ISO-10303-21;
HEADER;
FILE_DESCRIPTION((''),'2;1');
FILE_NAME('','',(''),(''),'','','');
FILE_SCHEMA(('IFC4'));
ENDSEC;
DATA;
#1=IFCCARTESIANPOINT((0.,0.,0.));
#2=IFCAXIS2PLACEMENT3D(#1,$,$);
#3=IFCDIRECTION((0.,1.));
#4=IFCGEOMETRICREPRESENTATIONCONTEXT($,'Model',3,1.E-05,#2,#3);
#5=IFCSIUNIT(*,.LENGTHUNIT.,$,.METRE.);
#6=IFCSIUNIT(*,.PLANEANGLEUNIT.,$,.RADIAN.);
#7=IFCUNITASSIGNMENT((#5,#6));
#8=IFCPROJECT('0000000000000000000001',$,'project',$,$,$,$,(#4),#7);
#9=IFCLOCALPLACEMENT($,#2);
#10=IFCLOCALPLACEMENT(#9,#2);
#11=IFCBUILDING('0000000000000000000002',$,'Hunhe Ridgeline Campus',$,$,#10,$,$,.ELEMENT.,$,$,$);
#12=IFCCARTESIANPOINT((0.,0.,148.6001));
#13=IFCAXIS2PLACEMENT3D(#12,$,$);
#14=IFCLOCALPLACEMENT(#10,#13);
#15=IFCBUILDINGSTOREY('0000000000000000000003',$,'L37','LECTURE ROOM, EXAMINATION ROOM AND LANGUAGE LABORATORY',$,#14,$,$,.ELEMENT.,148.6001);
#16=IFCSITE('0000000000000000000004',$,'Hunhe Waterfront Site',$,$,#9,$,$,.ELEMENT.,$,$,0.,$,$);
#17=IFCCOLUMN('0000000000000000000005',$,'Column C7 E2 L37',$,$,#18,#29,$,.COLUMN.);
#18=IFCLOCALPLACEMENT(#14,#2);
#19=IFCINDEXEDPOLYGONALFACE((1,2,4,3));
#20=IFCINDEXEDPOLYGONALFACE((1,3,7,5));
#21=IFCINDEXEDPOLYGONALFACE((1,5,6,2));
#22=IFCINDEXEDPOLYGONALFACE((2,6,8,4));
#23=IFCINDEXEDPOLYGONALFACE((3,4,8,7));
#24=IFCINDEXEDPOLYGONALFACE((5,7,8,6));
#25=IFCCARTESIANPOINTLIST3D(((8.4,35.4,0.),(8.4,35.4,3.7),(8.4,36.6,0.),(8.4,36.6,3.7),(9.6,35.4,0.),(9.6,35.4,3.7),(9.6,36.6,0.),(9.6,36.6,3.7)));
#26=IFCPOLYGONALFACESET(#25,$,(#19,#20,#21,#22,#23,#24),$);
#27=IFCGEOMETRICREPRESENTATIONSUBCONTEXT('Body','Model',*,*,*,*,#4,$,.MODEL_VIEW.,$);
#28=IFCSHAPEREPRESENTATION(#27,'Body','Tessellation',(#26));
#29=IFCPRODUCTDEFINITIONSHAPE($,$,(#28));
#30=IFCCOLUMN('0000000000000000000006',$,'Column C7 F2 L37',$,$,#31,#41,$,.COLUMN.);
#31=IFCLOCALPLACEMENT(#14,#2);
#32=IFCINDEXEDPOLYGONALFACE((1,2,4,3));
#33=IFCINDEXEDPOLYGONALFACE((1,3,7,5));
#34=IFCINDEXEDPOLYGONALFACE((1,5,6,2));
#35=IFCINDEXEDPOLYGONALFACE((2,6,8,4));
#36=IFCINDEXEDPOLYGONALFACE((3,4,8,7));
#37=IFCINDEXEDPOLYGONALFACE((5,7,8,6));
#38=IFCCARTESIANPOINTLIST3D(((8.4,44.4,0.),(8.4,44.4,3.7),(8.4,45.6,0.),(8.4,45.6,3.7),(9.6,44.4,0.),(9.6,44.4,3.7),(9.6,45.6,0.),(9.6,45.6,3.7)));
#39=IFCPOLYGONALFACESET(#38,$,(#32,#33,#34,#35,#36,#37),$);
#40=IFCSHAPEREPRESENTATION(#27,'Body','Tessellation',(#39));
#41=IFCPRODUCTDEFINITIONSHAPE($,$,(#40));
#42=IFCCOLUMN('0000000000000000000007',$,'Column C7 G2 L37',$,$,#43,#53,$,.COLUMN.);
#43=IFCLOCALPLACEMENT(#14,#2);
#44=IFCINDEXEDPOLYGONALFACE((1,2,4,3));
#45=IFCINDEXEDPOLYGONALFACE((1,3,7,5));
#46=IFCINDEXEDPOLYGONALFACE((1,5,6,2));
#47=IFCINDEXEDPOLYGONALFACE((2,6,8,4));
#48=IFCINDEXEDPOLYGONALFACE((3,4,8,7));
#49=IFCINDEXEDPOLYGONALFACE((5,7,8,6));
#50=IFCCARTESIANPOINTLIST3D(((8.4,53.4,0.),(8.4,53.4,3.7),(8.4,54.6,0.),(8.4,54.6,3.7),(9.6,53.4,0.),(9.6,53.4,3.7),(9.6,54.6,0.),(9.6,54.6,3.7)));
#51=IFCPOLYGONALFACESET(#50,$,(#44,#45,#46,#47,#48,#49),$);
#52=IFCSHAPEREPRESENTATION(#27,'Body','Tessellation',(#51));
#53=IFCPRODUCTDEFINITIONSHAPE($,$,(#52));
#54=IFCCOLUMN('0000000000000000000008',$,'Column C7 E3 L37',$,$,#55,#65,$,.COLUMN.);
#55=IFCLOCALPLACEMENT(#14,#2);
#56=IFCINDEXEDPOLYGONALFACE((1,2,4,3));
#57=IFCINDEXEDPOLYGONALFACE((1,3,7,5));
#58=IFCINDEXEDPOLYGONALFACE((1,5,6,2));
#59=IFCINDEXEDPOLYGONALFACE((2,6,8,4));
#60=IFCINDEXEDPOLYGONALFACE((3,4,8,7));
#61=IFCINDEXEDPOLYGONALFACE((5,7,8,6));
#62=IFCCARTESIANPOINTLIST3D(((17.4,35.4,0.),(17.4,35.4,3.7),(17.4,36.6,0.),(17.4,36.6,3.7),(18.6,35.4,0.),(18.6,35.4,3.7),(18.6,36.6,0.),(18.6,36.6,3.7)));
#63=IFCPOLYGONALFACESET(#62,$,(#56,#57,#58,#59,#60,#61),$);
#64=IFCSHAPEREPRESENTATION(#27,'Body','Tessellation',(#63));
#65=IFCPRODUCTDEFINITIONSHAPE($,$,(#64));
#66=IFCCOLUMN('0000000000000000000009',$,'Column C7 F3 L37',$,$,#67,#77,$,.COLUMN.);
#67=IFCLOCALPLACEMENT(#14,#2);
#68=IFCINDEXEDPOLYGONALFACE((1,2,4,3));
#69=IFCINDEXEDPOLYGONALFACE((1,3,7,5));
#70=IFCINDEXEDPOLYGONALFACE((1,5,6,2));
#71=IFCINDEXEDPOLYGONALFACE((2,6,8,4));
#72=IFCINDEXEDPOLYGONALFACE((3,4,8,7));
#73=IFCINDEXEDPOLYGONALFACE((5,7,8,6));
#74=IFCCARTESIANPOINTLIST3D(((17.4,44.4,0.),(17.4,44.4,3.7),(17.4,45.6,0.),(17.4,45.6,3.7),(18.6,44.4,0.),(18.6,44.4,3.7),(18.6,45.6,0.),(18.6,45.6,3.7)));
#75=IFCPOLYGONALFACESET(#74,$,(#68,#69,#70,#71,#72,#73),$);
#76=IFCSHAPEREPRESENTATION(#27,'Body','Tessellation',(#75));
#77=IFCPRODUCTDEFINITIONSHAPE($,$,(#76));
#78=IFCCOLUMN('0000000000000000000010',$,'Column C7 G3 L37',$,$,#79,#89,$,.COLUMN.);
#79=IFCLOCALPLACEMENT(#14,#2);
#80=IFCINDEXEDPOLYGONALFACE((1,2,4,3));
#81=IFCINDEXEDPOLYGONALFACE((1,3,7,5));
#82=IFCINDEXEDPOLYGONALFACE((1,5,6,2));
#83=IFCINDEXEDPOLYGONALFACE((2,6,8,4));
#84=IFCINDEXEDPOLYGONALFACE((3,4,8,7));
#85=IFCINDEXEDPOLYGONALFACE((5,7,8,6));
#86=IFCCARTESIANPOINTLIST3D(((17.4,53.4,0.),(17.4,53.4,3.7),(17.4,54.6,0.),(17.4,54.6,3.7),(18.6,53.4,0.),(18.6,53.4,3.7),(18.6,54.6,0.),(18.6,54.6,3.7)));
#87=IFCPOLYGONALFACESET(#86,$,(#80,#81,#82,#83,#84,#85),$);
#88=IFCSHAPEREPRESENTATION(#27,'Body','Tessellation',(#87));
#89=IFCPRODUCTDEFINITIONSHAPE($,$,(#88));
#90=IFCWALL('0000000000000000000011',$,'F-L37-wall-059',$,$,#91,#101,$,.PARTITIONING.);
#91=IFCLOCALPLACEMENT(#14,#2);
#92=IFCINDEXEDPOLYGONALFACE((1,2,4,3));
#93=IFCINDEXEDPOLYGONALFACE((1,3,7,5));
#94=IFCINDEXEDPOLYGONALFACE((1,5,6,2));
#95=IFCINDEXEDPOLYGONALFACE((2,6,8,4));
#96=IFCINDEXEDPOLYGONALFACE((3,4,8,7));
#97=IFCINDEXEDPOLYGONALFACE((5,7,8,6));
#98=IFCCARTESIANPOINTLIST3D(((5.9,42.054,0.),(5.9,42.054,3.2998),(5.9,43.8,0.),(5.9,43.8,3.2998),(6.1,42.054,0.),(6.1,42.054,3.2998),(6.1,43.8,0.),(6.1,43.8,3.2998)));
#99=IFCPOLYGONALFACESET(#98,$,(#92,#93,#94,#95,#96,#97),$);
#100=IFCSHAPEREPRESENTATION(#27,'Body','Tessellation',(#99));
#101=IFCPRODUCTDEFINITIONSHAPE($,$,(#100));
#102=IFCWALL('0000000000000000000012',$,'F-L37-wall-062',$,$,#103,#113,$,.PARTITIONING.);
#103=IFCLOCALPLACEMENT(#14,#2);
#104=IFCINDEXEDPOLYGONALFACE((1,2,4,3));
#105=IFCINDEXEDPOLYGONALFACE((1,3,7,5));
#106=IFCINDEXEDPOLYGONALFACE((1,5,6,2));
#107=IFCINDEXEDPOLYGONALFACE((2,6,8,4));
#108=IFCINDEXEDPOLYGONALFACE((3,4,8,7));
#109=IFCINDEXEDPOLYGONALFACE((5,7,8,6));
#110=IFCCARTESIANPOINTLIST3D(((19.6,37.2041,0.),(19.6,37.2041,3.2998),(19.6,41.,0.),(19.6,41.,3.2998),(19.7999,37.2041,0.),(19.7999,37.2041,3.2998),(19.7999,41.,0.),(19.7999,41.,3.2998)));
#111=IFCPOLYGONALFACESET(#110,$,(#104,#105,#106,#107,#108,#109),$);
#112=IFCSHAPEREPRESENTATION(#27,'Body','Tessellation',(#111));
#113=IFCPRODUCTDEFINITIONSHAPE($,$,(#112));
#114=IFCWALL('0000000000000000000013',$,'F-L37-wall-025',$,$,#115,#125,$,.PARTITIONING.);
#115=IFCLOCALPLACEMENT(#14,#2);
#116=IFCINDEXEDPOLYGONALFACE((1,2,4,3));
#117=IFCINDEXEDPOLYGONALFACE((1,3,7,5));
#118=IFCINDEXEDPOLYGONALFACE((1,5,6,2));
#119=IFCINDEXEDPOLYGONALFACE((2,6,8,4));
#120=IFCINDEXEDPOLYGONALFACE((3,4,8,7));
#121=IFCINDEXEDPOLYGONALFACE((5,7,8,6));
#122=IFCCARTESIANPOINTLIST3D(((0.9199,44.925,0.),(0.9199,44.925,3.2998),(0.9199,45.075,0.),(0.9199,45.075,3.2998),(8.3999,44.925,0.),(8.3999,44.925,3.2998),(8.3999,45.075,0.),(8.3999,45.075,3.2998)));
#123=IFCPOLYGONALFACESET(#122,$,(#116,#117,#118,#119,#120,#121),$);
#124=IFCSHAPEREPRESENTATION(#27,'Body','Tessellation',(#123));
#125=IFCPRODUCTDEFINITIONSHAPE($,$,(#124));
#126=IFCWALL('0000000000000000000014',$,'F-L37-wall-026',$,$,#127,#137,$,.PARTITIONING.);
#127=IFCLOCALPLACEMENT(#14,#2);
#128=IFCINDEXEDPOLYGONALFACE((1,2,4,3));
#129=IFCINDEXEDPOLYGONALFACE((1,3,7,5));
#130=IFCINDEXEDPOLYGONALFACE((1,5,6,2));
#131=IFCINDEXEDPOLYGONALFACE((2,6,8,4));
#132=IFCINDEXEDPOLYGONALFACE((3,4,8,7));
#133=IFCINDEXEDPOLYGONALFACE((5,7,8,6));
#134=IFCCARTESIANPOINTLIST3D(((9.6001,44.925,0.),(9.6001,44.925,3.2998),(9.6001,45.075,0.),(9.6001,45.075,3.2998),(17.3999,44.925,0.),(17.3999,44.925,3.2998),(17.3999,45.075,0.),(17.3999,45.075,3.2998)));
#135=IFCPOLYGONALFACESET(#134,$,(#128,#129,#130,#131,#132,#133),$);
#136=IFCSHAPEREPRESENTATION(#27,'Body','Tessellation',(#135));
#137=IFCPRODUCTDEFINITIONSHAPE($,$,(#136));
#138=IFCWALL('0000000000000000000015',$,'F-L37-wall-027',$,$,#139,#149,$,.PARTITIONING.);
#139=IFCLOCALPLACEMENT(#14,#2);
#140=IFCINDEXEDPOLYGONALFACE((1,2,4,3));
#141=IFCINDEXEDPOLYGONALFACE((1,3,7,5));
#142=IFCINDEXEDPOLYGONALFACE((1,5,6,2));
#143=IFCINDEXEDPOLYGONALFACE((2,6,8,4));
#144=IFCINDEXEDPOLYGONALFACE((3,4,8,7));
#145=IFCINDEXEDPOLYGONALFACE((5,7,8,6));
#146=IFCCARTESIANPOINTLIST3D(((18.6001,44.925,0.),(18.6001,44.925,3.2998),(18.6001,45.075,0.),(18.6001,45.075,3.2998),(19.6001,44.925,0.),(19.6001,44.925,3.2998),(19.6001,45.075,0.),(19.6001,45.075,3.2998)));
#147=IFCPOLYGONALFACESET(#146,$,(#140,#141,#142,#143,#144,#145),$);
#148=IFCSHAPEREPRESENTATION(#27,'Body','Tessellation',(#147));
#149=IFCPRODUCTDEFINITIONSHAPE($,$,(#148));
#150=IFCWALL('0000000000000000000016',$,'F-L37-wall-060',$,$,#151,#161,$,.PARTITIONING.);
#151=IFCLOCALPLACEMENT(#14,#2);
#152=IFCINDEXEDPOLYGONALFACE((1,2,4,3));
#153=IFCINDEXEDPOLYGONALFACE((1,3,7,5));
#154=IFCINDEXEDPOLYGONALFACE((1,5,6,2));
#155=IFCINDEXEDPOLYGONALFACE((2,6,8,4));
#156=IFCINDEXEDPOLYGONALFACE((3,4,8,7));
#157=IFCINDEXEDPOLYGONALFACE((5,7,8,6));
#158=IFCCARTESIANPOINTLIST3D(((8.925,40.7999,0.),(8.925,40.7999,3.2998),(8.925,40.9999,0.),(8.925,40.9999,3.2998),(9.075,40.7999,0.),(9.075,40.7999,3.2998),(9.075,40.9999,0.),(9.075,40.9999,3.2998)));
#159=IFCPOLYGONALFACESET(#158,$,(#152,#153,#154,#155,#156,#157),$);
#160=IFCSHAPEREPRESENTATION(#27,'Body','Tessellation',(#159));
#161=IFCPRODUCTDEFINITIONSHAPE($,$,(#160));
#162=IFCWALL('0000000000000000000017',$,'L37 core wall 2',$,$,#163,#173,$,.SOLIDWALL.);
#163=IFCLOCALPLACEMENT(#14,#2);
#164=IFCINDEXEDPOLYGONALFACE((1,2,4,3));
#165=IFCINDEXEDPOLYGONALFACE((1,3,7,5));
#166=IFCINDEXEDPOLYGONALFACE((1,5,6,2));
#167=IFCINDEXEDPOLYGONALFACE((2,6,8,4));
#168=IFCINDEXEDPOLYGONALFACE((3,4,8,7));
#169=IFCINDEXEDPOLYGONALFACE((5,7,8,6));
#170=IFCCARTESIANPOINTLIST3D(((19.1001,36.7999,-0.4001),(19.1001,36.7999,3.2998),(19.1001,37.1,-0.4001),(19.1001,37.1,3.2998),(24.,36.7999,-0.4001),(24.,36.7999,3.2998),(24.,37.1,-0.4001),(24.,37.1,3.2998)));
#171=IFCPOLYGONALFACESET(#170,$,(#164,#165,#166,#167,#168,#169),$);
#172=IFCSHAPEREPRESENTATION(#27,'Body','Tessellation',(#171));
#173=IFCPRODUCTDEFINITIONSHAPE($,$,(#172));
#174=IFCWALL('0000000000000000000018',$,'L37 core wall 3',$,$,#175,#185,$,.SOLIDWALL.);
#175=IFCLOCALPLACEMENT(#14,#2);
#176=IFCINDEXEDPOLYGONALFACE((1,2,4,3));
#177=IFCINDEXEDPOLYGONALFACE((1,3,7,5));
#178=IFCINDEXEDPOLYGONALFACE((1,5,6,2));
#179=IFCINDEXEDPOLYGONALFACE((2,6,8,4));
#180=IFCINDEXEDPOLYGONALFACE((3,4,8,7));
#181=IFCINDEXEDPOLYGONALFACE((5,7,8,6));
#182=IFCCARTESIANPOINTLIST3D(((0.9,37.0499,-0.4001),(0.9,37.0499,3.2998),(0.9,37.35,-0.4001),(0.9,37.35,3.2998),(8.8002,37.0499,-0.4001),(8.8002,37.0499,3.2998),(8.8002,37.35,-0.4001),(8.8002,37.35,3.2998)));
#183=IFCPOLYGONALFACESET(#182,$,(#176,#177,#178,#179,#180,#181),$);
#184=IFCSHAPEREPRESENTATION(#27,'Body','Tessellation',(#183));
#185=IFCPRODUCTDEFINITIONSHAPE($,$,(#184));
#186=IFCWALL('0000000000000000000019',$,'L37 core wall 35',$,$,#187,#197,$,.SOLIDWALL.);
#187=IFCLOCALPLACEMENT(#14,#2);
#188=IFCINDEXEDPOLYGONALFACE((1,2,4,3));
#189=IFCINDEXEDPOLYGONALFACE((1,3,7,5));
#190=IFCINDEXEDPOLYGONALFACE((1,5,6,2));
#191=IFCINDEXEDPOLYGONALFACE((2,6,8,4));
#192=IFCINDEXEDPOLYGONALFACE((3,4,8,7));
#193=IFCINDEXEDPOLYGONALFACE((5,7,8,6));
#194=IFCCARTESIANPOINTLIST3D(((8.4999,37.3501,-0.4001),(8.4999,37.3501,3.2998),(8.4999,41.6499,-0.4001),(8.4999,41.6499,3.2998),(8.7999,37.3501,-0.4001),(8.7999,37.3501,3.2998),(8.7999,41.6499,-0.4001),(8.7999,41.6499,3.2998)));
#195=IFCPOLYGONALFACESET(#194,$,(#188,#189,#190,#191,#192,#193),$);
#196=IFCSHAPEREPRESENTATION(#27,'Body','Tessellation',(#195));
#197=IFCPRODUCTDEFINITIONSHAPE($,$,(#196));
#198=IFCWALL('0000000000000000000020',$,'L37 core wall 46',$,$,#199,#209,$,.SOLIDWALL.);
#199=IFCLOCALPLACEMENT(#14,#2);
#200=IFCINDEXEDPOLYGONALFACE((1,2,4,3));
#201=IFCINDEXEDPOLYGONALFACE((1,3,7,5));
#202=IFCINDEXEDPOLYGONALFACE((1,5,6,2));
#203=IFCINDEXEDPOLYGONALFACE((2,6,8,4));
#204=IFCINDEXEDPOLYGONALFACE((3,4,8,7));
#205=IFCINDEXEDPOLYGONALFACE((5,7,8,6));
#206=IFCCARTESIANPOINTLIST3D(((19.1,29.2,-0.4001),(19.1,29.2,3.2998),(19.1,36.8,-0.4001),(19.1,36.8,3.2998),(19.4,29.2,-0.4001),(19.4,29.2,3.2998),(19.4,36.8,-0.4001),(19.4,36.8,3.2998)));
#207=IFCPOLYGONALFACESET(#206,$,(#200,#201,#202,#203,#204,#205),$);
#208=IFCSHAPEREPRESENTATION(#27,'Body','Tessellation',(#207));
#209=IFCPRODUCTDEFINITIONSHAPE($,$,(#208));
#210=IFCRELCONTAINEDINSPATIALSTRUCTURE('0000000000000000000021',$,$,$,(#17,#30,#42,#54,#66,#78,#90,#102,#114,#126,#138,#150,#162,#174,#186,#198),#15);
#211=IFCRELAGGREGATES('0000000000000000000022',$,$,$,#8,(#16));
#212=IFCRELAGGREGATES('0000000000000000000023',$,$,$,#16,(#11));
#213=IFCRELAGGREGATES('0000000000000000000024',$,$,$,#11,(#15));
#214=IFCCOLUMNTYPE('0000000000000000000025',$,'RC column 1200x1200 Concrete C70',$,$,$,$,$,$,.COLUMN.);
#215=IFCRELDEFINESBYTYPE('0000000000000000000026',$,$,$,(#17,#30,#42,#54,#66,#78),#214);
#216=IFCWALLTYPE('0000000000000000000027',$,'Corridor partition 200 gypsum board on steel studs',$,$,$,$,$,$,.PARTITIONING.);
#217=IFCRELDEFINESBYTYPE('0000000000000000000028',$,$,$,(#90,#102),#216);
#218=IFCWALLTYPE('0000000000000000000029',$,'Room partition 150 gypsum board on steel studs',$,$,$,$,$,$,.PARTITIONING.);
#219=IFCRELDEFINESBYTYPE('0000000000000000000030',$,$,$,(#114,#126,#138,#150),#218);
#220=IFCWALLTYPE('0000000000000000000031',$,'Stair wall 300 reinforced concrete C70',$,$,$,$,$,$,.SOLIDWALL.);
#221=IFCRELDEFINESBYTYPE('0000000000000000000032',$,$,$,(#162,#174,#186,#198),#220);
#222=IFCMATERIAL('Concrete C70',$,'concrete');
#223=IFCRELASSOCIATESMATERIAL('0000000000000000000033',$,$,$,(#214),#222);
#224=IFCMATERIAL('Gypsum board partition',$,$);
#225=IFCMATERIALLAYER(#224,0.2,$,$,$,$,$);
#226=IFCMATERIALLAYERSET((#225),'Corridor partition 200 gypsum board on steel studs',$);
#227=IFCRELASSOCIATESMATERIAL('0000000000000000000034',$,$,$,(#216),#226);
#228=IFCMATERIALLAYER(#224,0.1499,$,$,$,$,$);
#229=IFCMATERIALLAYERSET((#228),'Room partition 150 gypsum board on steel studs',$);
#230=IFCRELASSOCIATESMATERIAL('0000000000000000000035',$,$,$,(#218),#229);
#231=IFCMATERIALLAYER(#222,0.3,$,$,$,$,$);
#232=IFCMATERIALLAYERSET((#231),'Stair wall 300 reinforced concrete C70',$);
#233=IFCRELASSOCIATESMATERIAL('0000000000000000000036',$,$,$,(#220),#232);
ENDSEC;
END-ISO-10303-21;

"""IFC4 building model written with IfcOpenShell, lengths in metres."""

from ifc_helpers import new_model, si_unit, direction, frame, frame_2d, origin, origin_2d, place, context, subcontext, project, spatial, rectangle, extrude, material, layer, layer_set, material_profile, profile_set, type_object, element, save


model = new_model("IFC4")

# Units and contexts
model_context = context("Model", 3, precision=1e-05, world=origin(), true_north=direction((0.0, 1.0)))
body_context = subcontext(model_context, "Body", "Model", "MODEL_VIEW")
ifc_project = project(units=[si_unit("LENGTHUNIT", "METRE"), si_unit("PLANEANGLEUNIT", "RADIAN")], contexts=[model_context])

# Site, building, storey
site_placement = place(None, origin())
site = spatial("IfcSite", under=ifc_project, at=site_placement, Name="Hunhe Waterfront Site", CompositionType="ELEMENT", RefElevation=0.0)
building_placement = place(site_placement, origin())
building = spatial("IfcBuilding", under=site, at=building_placement, Name="Hunhe Ridgeline Campus", CompositionType="ELEMENT")
storey_placement = place(building_placement, frame((0.0, 0.0, 148.6001)))
storey = spatial("IfcBuildingStorey", under=building, at=storey_placement, Name="L37", Description="LECTURE ROOM, EXAMINATION ROOM AND LANGUAGE LABORATORY", CompositionType="ELEMENT", Elevation=148.6001)

# Columns
ifc_material_1 = material(Name="Concrete C70", Category="concrete")
ifc_material_profile = material_profile(ifc_material_1, rectangle(XDim=1.2, YDim=1.2, at=origin_2d()))
ifc_profile_set = profile_set([ifc_material_profile], Name="Concrete C70")
column_type = type_object("IfcColumnType", Name="RC column 1200x1200 Concrete C70", PredefinedType="COLUMN", material=ifc_profile_set)
for number, where, z_axis, x_axis, name in (
    (1, (9.0, 36.0, 0.0), (0.0, 0.0, 1.0), (1.0, 0.0, 0.0), "Column C7 E2 L37"),
    (2, (9.0, 45.0, 0.0), (0.0, 0.0, 1.0), (1.0, 0.0, 0.0), "Column C7 F2 L37"),
    (3, (9.0, 54.0, 0.0), (0.0, 0.0, 1.0), (1.0, 0.0, 0.0), "Column C7 G2 L37"),
    (4, (18.0, 36.0, 0.0), (0.0, 0.0, 1.0), (1.0, 0.0, 0.0), "Column C7 E3 L37"),
    (5, (18.0, 45.0, 0.0), (0.0, 0.0, 1.0), (1.0, 0.0, 0.0), "Column C7 F3 L37"),
    (6, (18.0, 54.0, 0.0), (0.0, 0.0, 1.0), (1.0, 0.0, 0.0), "Column C7 G3 L37"),
):
    element("IfcColumn", number, at=place(storey_placement, frame(where, z_axis=z_axis, x_axis=x_axis)), inside=storey, type_object=column_type, Name=name, PredefinedType="COLUMN", context=body_context, shape_type="SweptSolid", body=[
        extrude(rectangle(XDim=1.2, YDim=1.2, at=origin_2d()), origin(), (0.0, 0.0, 1.0), 3.7),
    ])

# Shared definitions
ifc_material_2 = material(Name="Gypsum board partition")
ifc_layer_1 = layer(ifc_material_2, 0.2)
ifc_layer_set_1 = layer_set([ifc_layer_1], Name="Corridor partition 200 gypsum board on steel studs")
wall_type_1 = type_object("IfcWallType", Name="Corridor partition 200 gypsum board on steel studs", PredefinedType="PARTITIONING", material=ifc_layer_set_1)

# Walls
wall_1_placement = place(storey_placement, frame((6.0, 42.054, 0.0), z_axis=(0.0, 0.0, 1.0), x_axis=(0.0, 1.0, 0.0)))
element("IfcWall", 7, at=wall_1_placement, inside=storey, type_object=wall_type_1, Name="F-L37-wall-059", PredefinedType="PARTITIONING", context=body_context, shape_type="SweptSolid", body=[
    extrude(rectangle(XDim=1.7461, YDim=0.2, at=frame_2d((0.873, 0.0))), origin(), (0.0, 0.0, 1.0), 3.2998),
])
wall_2_placement = place(storey_placement, frame((19.7, 37.2041, 0.0), z_axis=(0.0, 0.0, 1.0), x_axis=(0.0, 1.0, 0.0)))
element("IfcWall", 8, at=wall_2_placement, inside=storey, type_object=wall_type_1, Name="F-L37-wall-062", PredefinedType="PARTITIONING", context=body_context, shape_type="SweptSolid", body=[
    extrude(rectangle(XDim=3.7959, YDim=0.2, at=frame_2d((1.8979, 0.0))), origin(), (0.0, 0.0, 1.0), 3.2998),
])

# Walls
ifc_layer_2 = layer(ifc_material_2, 0.1499)
ifc_layer_set_2 = layer_set([ifc_layer_2], Name="Room partition 150 gypsum board on steel studs")
wall_type_2 = type_object("IfcWallType", Name="Room partition 150 gypsum board on steel studs", PredefinedType="PARTITIONING", material=ifc_layer_set_2)
wall_3_placement = place(storey_placement, frame((0.9199, 45.0, 0.0), z_axis=(0.0, 0.0, 1.0), x_axis=(1.0, 0.0, 0.0)))
element("IfcWall", 9, at=wall_3_placement, inside=storey, type_object=wall_type_2, Name="F-L37-wall-025", PredefinedType="PARTITIONING", context=body_context, shape_type="SweptSolid", body=[
    extrude(rectangle(XDim=7.48, YDim=0.1499, at=frame_2d((3.74, 0.0))), origin(), (0.0, 0.0, 1.0), 3.2998),
])
wall_4_placement = place(storey_placement, frame((9.6001, 45.0, 0.0), z_axis=(0.0, 0.0, 1.0), x_axis=(1.0, 0.0, 0.0)))
element("IfcWall", 10, at=wall_4_placement, inside=storey, type_object=wall_type_2, Name="F-L37-wall-026", PredefinedType="PARTITIONING", context=body_context, shape_type="SweptSolid", body=[
    extrude(rectangle(XDim=7.7998, YDim=0.1499, at=frame_2d((3.8999, 0.0))), origin(), (0.0, 0.0, 1.0), 3.2998),
])
wall_5_placement = place(storey_placement, frame((18.6001, 45.0, 0.0), z_axis=(0.0, 0.0, 1.0), x_axis=(1.0, 0.0, 0.0)))
element("IfcWall", 11, at=wall_5_placement, inside=storey, type_object=wall_type_2, Name="F-L37-wall-027", PredefinedType="PARTITIONING", context=body_context, shape_type="SweptSolid", body=[
    extrude(rectangle(XDim=1.0, YDim=0.1499, at=frame_2d((0.5, 0.0))), origin(), (0.0, 0.0, 1.0), 3.2998),
])
wall_6_placement = place(storey_placement, frame((9.0, 41.0, 0.0), z_axis=(0.0, 0.0, 1.0), x_axis=(0.0, -1.0, 0.0)))
element("IfcWall", 12, at=wall_6_placement, inside=storey, type_object=wall_type_2, Name="F-L37-wall-060", PredefinedType="PARTITIONING", context=body_context, shape_type="SweptSolid", body=[
    extrude(rectangle(XDim=0.2, YDim=0.1499, at=frame_2d((0.1001, 0.0))), origin(), (0.0, 0.0, 1.0), 3.2998),
])
ifc_layer_3 = layer(ifc_material_1, 0.3)
ifc_layer_set_3 = layer_set([ifc_layer_3], Name="Stair wall 300 reinforced concrete C70")
wall_type_3 = type_object("IfcWallType", Name="Stair wall 300 reinforced concrete C70", PredefinedType="SOLIDWALL", material=ifc_layer_set_3)
wall_7_placement = place(storey_placement, frame((19.1001, 36.95, -0.4001), z_axis=(0.0, 0.0, 1.0), x_axis=(1.0, 0.0, 0.0)))
element("IfcWall", 13, at=wall_7_placement, inside=storey, type_object=wall_type_3, Name="L37 core wall 2", PredefinedType="SOLIDWALL", context=body_context, shape_type="SweptSolid", body=[
    extrude(rectangle(XDim=4.8999, YDim=0.3, at=frame_2d((2.45, 0.0))), origin(), (0.0, 0.0, 1.0), 3.7),
])
wall_8_placement = place(storey_placement, frame((0.8999, 37.2, -0.4001), z_axis=(0.0, 0.0, 1.0), x_axis=(1.0, 0.0, 0.0)))
element("IfcWall", 14, at=wall_8_placement, inside=storey, type_object=wall_type_3, Name="L37 core wall 3", PredefinedType="SOLIDWALL", context=body_context, shape_type="SweptSolid", body=[
    extrude(rectangle(XDim=7.9001, YDim=0.3, at=frame_2d((3.9502, 0.0))), origin(), (0.0, 0.0, 1.0), 3.7),
])

# Walls
wall_9_placement = place(storey_placement, frame((8.6499, 37.3501, -0.4001), z_axis=(0.0, 0.0, 1.0), x_axis=(0.0, 1.0, 0.0)))
element("IfcWall", 15, at=wall_9_placement, inside=storey, type_object=wall_type_3, Name="L37 core wall 35", PredefinedType="SOLIDWALL", context=body_context, shape_type="SweptSolid", body=[
    extrude(rectangle(XDim=4.2998, YDim=0.3, at=frame_2d((2.1499, 0.0))), origin(), (0.0, 0.0, 1.0), 3.7),
])
wall_10_placement = place(storey_placement, frame((19.25, 29.2, -0.4001), z_axis=(0.0, 0.0, 1.0), x_axis=(0.0, 1.0, 0.0)))
element("IfcWall", 16, at=wall_10_placement, inside=storey, type_object=wall_type_3, Name="L37 core wall 46", PredefinedType="SOLIDWALL", context=body_context, shape_type="SweptSolid", body=[
    extrude(rectangle(XDim=7.6001, YDim=0.3, at=frame_2d((3.8, 0.0))), origin(), (0.0, 0.0, 1.0), 3.7),
])

save(model, "model.ifc")
